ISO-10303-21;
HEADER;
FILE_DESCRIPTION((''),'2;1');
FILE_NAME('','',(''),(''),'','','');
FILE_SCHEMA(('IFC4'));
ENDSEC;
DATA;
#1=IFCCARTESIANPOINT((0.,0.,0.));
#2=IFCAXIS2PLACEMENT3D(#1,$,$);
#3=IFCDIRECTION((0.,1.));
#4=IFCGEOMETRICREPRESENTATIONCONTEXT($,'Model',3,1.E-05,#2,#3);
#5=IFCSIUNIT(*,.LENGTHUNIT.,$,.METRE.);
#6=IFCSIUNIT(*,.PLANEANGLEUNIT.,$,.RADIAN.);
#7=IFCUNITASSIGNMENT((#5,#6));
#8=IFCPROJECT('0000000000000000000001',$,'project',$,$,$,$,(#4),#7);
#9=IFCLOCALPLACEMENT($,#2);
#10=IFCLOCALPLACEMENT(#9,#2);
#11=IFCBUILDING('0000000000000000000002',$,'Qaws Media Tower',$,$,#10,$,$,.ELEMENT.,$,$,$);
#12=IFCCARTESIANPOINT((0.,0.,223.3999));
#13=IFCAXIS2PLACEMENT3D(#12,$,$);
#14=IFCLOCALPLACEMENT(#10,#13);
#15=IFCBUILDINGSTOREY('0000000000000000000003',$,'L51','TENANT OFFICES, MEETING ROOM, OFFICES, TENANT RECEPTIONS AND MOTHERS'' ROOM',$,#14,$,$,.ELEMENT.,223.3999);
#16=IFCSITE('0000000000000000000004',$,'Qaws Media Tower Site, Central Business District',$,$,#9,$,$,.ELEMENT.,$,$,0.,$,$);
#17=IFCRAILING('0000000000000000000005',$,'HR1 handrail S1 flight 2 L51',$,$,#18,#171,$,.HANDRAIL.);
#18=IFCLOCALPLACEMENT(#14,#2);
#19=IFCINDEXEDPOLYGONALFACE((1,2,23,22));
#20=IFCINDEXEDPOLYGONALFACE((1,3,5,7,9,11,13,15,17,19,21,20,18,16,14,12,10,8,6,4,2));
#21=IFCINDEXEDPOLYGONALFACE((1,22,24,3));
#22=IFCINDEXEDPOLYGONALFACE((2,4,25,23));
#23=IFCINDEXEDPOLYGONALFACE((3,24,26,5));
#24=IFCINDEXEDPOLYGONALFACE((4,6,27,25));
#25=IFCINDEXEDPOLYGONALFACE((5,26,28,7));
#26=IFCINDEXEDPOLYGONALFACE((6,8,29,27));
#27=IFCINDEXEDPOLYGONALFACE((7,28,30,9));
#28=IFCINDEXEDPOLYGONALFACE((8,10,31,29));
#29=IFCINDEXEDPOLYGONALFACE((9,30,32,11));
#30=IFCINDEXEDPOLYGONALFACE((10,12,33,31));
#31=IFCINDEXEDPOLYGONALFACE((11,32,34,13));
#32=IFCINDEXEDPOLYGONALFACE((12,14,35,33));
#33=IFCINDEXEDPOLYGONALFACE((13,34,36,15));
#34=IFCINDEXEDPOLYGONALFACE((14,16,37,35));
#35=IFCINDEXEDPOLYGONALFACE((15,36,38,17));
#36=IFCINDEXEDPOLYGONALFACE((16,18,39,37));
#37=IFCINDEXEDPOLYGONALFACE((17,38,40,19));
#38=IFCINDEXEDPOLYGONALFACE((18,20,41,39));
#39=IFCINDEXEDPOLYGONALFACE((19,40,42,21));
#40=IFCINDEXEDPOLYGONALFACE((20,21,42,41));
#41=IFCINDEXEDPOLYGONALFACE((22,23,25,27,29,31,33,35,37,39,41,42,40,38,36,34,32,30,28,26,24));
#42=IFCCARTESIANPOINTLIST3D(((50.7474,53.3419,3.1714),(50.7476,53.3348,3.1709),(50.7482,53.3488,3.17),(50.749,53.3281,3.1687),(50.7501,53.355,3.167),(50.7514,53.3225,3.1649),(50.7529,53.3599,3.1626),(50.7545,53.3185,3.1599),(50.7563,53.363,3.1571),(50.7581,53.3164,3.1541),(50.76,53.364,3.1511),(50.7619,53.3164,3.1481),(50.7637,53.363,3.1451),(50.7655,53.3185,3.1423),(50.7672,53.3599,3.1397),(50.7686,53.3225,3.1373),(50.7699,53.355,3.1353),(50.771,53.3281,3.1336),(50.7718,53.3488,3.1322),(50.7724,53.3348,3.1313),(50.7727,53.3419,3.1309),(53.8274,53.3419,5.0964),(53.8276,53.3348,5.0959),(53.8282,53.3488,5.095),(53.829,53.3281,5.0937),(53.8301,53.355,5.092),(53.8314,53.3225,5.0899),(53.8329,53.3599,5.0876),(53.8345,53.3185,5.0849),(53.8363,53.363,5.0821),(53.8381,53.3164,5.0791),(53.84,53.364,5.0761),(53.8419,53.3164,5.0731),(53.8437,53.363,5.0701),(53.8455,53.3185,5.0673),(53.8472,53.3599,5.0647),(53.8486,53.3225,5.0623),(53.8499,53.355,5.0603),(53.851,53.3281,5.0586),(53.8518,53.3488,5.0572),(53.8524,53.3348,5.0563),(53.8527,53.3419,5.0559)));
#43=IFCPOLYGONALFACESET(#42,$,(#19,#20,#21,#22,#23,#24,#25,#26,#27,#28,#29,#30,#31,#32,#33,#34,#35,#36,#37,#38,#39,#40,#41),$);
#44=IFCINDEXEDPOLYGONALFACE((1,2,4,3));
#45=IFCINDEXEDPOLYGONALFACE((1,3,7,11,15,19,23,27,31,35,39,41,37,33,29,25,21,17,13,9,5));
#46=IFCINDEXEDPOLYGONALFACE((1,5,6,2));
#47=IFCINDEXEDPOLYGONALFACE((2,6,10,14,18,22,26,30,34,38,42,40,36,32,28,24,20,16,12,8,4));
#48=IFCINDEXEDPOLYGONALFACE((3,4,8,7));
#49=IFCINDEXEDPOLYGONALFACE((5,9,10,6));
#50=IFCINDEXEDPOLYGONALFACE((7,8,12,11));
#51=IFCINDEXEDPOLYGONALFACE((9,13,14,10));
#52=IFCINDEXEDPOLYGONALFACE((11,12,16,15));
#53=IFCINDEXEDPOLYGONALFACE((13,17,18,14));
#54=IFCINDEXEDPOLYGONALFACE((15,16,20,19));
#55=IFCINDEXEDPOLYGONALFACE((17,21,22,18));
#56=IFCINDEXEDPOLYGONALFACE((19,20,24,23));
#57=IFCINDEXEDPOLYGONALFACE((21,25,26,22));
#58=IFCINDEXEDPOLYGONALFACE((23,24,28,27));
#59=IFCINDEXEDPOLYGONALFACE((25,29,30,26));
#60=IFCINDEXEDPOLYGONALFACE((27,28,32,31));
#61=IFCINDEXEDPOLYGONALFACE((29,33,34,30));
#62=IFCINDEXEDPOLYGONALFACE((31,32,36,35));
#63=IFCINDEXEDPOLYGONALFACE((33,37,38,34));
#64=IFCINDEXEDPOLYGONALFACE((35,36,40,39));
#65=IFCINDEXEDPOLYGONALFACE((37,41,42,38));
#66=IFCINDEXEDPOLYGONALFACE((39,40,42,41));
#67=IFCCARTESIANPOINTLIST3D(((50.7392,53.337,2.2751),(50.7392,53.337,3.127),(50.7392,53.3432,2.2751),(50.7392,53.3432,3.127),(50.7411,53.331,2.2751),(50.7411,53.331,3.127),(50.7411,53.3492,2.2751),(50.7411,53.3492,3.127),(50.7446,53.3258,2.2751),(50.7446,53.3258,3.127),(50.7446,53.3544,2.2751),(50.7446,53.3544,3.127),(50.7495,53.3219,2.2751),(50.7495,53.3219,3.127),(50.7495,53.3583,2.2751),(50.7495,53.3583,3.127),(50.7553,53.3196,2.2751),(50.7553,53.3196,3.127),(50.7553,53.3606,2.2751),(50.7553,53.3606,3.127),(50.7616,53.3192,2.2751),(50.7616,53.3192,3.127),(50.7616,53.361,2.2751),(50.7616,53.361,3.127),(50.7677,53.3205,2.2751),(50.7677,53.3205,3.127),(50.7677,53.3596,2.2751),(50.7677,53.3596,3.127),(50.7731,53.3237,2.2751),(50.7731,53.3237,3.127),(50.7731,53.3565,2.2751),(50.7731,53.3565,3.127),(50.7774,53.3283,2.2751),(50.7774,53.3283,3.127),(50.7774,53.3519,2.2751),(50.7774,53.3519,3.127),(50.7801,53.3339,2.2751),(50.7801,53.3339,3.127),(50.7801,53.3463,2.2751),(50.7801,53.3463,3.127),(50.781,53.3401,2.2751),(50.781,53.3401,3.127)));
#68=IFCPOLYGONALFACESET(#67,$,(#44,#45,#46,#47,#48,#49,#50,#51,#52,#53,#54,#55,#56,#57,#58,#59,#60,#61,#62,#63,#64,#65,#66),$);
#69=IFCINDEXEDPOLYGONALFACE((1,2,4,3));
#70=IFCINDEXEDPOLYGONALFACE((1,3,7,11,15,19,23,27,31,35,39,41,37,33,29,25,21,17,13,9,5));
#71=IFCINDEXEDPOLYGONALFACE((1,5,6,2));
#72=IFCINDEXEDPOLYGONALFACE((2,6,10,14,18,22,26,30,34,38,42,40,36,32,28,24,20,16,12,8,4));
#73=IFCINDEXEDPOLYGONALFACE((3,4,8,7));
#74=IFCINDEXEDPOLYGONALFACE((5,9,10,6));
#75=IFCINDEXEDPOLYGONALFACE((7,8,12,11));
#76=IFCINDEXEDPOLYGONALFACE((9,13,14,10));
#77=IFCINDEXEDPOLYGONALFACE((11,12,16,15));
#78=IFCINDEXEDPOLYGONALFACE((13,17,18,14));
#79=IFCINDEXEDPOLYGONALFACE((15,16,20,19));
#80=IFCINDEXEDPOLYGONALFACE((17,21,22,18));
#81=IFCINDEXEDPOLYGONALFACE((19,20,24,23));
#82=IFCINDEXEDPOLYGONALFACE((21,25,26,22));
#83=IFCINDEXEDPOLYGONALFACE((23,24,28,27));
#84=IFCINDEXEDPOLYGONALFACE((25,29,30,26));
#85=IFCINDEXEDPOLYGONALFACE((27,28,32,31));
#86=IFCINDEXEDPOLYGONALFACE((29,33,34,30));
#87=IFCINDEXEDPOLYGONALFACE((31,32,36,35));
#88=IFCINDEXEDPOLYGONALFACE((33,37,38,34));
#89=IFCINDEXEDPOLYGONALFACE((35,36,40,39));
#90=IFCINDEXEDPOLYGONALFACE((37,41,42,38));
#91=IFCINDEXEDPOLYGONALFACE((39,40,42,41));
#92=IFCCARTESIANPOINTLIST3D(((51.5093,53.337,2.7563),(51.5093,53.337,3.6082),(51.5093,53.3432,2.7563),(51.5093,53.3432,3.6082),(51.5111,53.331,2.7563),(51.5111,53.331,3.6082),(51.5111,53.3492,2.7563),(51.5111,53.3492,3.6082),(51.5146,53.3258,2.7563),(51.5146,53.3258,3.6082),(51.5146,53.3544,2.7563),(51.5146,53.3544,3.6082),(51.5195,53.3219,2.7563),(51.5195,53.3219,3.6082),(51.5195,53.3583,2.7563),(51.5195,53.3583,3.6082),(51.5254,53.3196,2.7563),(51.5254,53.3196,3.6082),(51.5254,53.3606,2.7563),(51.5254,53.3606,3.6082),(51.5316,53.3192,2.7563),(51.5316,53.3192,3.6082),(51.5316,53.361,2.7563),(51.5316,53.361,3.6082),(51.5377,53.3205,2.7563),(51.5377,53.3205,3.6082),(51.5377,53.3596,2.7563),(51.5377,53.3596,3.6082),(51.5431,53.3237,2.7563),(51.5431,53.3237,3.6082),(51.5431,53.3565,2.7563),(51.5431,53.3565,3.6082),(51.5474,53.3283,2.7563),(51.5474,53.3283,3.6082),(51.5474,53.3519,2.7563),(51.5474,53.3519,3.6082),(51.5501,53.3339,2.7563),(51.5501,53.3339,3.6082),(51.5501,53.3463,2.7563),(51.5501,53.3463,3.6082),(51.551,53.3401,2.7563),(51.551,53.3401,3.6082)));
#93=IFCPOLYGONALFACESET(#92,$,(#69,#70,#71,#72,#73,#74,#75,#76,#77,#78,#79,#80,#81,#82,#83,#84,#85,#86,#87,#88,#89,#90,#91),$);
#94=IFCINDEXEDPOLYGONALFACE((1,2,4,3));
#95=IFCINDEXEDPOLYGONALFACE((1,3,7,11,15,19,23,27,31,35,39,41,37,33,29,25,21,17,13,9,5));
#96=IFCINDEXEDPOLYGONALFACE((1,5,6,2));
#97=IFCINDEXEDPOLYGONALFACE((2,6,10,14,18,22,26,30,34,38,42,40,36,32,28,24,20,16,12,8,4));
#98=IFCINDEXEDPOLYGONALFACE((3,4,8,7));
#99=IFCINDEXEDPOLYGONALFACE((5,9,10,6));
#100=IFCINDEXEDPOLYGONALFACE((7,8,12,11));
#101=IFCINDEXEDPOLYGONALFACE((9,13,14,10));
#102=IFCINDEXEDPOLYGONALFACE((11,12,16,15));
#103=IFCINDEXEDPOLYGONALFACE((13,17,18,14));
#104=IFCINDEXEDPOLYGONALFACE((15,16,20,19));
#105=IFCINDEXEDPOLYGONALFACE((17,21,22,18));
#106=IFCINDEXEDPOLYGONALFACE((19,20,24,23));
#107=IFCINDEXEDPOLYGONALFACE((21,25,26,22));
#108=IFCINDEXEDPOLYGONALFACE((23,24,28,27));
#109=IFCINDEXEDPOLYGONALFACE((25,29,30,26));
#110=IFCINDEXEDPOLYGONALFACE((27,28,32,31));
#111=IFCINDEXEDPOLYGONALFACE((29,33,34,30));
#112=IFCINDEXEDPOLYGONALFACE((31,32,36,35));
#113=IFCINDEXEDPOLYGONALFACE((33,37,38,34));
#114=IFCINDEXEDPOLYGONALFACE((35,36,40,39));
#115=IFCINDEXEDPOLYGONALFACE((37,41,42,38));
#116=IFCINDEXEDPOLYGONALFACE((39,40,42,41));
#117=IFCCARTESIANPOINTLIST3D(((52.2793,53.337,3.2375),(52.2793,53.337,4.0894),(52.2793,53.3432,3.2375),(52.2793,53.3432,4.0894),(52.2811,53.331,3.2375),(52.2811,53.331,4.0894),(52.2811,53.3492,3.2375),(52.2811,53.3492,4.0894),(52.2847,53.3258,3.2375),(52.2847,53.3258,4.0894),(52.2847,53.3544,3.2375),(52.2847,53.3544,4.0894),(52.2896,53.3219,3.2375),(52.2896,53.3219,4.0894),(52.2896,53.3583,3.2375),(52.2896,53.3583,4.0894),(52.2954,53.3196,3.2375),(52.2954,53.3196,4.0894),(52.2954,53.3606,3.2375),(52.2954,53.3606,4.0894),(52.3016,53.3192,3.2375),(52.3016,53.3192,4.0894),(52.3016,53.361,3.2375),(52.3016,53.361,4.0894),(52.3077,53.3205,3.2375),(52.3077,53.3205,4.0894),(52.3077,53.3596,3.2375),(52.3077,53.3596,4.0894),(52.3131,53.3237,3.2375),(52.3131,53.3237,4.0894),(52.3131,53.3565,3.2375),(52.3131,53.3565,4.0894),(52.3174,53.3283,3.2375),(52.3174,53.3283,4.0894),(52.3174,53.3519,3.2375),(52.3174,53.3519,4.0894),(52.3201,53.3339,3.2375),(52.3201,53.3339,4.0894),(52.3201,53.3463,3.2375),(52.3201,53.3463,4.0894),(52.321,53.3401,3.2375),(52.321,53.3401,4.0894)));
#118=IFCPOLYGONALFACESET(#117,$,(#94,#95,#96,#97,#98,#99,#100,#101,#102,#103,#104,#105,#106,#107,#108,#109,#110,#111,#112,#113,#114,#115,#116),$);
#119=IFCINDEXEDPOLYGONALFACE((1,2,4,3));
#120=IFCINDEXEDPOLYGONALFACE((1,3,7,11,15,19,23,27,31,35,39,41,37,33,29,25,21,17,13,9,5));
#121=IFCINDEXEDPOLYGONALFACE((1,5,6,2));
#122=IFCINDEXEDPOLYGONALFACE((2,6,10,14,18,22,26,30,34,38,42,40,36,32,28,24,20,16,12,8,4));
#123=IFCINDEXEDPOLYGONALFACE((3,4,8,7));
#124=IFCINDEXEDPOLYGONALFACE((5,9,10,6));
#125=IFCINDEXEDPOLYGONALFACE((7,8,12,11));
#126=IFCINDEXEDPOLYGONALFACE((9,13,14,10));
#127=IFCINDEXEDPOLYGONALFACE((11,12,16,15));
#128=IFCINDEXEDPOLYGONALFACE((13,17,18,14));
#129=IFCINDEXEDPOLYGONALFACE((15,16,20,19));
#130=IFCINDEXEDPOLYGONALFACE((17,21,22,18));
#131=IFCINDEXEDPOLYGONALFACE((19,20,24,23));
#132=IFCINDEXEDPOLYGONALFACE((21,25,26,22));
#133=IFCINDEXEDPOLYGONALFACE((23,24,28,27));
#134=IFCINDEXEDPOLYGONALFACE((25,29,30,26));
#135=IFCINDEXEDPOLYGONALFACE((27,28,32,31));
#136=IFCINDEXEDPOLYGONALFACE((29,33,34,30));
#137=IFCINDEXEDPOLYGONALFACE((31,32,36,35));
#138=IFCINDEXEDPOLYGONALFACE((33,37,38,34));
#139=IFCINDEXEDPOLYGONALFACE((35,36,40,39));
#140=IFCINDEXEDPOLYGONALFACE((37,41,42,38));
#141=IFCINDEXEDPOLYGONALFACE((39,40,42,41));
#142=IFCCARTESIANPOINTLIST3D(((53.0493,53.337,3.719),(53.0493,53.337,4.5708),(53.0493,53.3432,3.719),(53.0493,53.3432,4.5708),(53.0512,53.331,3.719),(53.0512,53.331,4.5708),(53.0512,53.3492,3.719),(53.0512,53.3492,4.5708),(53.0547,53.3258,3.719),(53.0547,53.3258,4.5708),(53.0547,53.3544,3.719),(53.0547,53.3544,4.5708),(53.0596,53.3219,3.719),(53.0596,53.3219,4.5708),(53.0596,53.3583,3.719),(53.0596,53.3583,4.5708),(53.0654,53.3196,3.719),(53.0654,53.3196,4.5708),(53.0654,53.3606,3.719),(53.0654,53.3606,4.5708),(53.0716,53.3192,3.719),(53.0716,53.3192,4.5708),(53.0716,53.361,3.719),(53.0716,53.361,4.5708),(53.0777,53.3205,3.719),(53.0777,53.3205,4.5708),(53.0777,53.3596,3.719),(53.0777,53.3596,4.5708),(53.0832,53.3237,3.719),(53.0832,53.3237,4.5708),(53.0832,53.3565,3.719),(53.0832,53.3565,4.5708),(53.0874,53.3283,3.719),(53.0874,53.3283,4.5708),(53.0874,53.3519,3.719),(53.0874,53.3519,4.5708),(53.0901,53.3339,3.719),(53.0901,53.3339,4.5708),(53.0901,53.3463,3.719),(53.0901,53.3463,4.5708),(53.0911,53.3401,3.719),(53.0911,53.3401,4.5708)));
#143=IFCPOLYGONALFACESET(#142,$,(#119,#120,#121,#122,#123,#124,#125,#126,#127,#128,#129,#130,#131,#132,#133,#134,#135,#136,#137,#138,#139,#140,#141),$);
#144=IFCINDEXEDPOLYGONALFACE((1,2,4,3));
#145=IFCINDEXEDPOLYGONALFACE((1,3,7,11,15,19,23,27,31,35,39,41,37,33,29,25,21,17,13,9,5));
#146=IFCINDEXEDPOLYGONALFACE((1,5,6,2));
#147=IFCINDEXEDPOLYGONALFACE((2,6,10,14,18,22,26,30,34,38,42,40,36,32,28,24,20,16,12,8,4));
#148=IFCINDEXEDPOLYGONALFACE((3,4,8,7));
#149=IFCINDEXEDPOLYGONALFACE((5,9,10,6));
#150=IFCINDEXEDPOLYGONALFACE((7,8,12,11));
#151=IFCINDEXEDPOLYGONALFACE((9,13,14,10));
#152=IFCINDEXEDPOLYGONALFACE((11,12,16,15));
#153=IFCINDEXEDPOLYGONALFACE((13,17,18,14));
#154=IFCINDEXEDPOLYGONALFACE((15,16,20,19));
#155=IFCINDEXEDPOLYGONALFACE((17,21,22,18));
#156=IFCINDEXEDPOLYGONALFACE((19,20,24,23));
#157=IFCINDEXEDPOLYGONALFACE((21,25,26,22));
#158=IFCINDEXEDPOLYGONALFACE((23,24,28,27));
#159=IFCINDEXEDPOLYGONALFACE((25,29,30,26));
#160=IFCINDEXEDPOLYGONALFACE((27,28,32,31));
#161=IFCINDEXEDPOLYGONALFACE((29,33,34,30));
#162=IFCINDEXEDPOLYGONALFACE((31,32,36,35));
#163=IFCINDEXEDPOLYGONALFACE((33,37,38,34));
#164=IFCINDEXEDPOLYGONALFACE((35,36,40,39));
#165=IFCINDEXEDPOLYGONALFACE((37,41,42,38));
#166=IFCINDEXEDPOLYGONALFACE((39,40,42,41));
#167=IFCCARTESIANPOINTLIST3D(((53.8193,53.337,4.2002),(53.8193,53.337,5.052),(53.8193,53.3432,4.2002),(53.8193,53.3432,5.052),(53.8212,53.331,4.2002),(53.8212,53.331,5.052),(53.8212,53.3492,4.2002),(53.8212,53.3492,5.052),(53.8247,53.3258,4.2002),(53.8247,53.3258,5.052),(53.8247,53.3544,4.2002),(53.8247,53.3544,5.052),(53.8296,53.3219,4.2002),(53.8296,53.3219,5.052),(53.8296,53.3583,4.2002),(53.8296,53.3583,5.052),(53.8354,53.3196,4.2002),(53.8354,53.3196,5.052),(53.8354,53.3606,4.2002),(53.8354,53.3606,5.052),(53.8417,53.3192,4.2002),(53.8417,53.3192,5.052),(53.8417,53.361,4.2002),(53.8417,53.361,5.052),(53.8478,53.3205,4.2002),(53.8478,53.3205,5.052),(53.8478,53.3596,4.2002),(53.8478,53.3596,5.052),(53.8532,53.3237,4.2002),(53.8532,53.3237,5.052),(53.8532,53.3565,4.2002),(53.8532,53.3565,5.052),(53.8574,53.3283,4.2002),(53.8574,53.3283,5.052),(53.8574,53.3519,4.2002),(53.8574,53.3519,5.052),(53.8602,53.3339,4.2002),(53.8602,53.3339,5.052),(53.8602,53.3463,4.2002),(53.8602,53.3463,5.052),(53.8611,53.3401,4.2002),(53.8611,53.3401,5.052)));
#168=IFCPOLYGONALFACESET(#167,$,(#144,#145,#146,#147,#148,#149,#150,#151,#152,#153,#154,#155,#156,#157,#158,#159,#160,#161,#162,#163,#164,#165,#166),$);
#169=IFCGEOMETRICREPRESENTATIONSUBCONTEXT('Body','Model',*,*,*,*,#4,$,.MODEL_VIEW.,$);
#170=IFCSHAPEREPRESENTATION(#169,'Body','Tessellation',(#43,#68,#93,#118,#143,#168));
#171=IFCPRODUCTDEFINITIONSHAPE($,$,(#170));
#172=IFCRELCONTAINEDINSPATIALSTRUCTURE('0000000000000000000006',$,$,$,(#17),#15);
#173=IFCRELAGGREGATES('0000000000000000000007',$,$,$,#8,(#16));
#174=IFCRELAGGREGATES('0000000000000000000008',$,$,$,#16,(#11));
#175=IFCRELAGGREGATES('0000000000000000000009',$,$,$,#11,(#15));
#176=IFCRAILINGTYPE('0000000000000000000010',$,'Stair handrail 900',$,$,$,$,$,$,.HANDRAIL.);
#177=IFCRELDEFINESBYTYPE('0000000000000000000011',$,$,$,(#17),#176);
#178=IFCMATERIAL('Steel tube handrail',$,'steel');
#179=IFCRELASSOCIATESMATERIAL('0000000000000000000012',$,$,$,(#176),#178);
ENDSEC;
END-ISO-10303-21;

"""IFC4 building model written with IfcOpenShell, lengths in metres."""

from ifc_helpers import new_model, si_unit, direction, frame, origin, origin_2d, place, context, subcontext, project, spatial, circle, extrude, material, type_object, element, save


model = new_model("IFC4")

# Units and contexts
model_context = context("Model", 3, precision=1e-05, world=origin(), true_north=direction((0.0, 1.0)))
body_context = subcontext(model_context, "Body", "Model", "MODEL_VIEW")
ifc_project = project(units=[si_unit("LENGTHUNIT", "METRE"), si_unit("PLANEANGLEUNIT", "RADIAN")], contexts=[model_context])

# Site, building, storey
site_placement = place(None, origin())
site = spatial("IfcSite", under=ifc_project, at=site_placement, Name="Qaws Media Tower Site, Central Business District", CompositionType="ELEMENT", RefElevation=0.0)
building_placement = place(site_placement, origin())
building = spatial("IfcBuilding", under=site, at=building_placement, Name="Qaws Media Tower", CompositionType="ELEMENT")
storey_placement = place(building_placement, frame((0.0, 0.0, 223.3999)))
storey = spatial("IfcBuildingStorey", under=building, at=storey_placement, Name="L51", Description="TENANT OFFICES, MEETING ROOM, OFFICES, TENANT RECEPTIONS AND MOTHERS' ROOM", CompositionType="ELEMENT", Elevation=223.3999)

# Railing
ifc_material_1 = material(Name="Steel tube handrail", Category="steel")
railing_type = type_object("IfcRailingType", Name="Stair handrail 900", PredefinedType="HANDRAIL", material=ifc_material_1)
for number, where, name in (
    (1, (50.76, 53.3401, 2.2751), "HR1 handrail S1 flight 2 L51"),
):
    element("IfcRailing", number, at=place(storey_placement, frame(where)), inside=storey, type_object=railing_type, Name=name, PredefinedType="HANDRAIL", context=body_context, shape_type="SweptSolid", body=[
        extrude(circle(Radius=0.0239, at=origin_2d()), frame((0.0, 0.0, 0.876), z_axis=(0.847998, 0.0, 0.529999), x_axis=(0.0, 1.0, 0.0)), (0.0, 0.0, 1.0), 3.6321),
        extrude(circle(Radius=0.021, at=origin_2d()), origin(), (0.0, 0.0, 1.0), 0.8518),
        extrude(circle(Radius=0.021, at=origin_2d()), frame((0.77, 0.0, 0.4812)), (0.0, 0.0, 1.0), 0.8518),
        extrude(circle(Radius=0.021, at=origin_2d()), frame((1.54, 0.0, 0.9624)), (0.0, 0.0, 1.0), 0.8518),
        extrude(circle(Radius=0.021, at=origin_2d()), frame((2.3101, 0.0, 1.4438)), (0.0, 0.0, 1.0), 0.8518),
        extrude(circle(Radius=0.021, at=origin_2d()), frame((3.0801, 0.0, 1.925)), (0.0, 0.0, 1.0), 0.8518),
    ])

save(model, "model.ifc")
